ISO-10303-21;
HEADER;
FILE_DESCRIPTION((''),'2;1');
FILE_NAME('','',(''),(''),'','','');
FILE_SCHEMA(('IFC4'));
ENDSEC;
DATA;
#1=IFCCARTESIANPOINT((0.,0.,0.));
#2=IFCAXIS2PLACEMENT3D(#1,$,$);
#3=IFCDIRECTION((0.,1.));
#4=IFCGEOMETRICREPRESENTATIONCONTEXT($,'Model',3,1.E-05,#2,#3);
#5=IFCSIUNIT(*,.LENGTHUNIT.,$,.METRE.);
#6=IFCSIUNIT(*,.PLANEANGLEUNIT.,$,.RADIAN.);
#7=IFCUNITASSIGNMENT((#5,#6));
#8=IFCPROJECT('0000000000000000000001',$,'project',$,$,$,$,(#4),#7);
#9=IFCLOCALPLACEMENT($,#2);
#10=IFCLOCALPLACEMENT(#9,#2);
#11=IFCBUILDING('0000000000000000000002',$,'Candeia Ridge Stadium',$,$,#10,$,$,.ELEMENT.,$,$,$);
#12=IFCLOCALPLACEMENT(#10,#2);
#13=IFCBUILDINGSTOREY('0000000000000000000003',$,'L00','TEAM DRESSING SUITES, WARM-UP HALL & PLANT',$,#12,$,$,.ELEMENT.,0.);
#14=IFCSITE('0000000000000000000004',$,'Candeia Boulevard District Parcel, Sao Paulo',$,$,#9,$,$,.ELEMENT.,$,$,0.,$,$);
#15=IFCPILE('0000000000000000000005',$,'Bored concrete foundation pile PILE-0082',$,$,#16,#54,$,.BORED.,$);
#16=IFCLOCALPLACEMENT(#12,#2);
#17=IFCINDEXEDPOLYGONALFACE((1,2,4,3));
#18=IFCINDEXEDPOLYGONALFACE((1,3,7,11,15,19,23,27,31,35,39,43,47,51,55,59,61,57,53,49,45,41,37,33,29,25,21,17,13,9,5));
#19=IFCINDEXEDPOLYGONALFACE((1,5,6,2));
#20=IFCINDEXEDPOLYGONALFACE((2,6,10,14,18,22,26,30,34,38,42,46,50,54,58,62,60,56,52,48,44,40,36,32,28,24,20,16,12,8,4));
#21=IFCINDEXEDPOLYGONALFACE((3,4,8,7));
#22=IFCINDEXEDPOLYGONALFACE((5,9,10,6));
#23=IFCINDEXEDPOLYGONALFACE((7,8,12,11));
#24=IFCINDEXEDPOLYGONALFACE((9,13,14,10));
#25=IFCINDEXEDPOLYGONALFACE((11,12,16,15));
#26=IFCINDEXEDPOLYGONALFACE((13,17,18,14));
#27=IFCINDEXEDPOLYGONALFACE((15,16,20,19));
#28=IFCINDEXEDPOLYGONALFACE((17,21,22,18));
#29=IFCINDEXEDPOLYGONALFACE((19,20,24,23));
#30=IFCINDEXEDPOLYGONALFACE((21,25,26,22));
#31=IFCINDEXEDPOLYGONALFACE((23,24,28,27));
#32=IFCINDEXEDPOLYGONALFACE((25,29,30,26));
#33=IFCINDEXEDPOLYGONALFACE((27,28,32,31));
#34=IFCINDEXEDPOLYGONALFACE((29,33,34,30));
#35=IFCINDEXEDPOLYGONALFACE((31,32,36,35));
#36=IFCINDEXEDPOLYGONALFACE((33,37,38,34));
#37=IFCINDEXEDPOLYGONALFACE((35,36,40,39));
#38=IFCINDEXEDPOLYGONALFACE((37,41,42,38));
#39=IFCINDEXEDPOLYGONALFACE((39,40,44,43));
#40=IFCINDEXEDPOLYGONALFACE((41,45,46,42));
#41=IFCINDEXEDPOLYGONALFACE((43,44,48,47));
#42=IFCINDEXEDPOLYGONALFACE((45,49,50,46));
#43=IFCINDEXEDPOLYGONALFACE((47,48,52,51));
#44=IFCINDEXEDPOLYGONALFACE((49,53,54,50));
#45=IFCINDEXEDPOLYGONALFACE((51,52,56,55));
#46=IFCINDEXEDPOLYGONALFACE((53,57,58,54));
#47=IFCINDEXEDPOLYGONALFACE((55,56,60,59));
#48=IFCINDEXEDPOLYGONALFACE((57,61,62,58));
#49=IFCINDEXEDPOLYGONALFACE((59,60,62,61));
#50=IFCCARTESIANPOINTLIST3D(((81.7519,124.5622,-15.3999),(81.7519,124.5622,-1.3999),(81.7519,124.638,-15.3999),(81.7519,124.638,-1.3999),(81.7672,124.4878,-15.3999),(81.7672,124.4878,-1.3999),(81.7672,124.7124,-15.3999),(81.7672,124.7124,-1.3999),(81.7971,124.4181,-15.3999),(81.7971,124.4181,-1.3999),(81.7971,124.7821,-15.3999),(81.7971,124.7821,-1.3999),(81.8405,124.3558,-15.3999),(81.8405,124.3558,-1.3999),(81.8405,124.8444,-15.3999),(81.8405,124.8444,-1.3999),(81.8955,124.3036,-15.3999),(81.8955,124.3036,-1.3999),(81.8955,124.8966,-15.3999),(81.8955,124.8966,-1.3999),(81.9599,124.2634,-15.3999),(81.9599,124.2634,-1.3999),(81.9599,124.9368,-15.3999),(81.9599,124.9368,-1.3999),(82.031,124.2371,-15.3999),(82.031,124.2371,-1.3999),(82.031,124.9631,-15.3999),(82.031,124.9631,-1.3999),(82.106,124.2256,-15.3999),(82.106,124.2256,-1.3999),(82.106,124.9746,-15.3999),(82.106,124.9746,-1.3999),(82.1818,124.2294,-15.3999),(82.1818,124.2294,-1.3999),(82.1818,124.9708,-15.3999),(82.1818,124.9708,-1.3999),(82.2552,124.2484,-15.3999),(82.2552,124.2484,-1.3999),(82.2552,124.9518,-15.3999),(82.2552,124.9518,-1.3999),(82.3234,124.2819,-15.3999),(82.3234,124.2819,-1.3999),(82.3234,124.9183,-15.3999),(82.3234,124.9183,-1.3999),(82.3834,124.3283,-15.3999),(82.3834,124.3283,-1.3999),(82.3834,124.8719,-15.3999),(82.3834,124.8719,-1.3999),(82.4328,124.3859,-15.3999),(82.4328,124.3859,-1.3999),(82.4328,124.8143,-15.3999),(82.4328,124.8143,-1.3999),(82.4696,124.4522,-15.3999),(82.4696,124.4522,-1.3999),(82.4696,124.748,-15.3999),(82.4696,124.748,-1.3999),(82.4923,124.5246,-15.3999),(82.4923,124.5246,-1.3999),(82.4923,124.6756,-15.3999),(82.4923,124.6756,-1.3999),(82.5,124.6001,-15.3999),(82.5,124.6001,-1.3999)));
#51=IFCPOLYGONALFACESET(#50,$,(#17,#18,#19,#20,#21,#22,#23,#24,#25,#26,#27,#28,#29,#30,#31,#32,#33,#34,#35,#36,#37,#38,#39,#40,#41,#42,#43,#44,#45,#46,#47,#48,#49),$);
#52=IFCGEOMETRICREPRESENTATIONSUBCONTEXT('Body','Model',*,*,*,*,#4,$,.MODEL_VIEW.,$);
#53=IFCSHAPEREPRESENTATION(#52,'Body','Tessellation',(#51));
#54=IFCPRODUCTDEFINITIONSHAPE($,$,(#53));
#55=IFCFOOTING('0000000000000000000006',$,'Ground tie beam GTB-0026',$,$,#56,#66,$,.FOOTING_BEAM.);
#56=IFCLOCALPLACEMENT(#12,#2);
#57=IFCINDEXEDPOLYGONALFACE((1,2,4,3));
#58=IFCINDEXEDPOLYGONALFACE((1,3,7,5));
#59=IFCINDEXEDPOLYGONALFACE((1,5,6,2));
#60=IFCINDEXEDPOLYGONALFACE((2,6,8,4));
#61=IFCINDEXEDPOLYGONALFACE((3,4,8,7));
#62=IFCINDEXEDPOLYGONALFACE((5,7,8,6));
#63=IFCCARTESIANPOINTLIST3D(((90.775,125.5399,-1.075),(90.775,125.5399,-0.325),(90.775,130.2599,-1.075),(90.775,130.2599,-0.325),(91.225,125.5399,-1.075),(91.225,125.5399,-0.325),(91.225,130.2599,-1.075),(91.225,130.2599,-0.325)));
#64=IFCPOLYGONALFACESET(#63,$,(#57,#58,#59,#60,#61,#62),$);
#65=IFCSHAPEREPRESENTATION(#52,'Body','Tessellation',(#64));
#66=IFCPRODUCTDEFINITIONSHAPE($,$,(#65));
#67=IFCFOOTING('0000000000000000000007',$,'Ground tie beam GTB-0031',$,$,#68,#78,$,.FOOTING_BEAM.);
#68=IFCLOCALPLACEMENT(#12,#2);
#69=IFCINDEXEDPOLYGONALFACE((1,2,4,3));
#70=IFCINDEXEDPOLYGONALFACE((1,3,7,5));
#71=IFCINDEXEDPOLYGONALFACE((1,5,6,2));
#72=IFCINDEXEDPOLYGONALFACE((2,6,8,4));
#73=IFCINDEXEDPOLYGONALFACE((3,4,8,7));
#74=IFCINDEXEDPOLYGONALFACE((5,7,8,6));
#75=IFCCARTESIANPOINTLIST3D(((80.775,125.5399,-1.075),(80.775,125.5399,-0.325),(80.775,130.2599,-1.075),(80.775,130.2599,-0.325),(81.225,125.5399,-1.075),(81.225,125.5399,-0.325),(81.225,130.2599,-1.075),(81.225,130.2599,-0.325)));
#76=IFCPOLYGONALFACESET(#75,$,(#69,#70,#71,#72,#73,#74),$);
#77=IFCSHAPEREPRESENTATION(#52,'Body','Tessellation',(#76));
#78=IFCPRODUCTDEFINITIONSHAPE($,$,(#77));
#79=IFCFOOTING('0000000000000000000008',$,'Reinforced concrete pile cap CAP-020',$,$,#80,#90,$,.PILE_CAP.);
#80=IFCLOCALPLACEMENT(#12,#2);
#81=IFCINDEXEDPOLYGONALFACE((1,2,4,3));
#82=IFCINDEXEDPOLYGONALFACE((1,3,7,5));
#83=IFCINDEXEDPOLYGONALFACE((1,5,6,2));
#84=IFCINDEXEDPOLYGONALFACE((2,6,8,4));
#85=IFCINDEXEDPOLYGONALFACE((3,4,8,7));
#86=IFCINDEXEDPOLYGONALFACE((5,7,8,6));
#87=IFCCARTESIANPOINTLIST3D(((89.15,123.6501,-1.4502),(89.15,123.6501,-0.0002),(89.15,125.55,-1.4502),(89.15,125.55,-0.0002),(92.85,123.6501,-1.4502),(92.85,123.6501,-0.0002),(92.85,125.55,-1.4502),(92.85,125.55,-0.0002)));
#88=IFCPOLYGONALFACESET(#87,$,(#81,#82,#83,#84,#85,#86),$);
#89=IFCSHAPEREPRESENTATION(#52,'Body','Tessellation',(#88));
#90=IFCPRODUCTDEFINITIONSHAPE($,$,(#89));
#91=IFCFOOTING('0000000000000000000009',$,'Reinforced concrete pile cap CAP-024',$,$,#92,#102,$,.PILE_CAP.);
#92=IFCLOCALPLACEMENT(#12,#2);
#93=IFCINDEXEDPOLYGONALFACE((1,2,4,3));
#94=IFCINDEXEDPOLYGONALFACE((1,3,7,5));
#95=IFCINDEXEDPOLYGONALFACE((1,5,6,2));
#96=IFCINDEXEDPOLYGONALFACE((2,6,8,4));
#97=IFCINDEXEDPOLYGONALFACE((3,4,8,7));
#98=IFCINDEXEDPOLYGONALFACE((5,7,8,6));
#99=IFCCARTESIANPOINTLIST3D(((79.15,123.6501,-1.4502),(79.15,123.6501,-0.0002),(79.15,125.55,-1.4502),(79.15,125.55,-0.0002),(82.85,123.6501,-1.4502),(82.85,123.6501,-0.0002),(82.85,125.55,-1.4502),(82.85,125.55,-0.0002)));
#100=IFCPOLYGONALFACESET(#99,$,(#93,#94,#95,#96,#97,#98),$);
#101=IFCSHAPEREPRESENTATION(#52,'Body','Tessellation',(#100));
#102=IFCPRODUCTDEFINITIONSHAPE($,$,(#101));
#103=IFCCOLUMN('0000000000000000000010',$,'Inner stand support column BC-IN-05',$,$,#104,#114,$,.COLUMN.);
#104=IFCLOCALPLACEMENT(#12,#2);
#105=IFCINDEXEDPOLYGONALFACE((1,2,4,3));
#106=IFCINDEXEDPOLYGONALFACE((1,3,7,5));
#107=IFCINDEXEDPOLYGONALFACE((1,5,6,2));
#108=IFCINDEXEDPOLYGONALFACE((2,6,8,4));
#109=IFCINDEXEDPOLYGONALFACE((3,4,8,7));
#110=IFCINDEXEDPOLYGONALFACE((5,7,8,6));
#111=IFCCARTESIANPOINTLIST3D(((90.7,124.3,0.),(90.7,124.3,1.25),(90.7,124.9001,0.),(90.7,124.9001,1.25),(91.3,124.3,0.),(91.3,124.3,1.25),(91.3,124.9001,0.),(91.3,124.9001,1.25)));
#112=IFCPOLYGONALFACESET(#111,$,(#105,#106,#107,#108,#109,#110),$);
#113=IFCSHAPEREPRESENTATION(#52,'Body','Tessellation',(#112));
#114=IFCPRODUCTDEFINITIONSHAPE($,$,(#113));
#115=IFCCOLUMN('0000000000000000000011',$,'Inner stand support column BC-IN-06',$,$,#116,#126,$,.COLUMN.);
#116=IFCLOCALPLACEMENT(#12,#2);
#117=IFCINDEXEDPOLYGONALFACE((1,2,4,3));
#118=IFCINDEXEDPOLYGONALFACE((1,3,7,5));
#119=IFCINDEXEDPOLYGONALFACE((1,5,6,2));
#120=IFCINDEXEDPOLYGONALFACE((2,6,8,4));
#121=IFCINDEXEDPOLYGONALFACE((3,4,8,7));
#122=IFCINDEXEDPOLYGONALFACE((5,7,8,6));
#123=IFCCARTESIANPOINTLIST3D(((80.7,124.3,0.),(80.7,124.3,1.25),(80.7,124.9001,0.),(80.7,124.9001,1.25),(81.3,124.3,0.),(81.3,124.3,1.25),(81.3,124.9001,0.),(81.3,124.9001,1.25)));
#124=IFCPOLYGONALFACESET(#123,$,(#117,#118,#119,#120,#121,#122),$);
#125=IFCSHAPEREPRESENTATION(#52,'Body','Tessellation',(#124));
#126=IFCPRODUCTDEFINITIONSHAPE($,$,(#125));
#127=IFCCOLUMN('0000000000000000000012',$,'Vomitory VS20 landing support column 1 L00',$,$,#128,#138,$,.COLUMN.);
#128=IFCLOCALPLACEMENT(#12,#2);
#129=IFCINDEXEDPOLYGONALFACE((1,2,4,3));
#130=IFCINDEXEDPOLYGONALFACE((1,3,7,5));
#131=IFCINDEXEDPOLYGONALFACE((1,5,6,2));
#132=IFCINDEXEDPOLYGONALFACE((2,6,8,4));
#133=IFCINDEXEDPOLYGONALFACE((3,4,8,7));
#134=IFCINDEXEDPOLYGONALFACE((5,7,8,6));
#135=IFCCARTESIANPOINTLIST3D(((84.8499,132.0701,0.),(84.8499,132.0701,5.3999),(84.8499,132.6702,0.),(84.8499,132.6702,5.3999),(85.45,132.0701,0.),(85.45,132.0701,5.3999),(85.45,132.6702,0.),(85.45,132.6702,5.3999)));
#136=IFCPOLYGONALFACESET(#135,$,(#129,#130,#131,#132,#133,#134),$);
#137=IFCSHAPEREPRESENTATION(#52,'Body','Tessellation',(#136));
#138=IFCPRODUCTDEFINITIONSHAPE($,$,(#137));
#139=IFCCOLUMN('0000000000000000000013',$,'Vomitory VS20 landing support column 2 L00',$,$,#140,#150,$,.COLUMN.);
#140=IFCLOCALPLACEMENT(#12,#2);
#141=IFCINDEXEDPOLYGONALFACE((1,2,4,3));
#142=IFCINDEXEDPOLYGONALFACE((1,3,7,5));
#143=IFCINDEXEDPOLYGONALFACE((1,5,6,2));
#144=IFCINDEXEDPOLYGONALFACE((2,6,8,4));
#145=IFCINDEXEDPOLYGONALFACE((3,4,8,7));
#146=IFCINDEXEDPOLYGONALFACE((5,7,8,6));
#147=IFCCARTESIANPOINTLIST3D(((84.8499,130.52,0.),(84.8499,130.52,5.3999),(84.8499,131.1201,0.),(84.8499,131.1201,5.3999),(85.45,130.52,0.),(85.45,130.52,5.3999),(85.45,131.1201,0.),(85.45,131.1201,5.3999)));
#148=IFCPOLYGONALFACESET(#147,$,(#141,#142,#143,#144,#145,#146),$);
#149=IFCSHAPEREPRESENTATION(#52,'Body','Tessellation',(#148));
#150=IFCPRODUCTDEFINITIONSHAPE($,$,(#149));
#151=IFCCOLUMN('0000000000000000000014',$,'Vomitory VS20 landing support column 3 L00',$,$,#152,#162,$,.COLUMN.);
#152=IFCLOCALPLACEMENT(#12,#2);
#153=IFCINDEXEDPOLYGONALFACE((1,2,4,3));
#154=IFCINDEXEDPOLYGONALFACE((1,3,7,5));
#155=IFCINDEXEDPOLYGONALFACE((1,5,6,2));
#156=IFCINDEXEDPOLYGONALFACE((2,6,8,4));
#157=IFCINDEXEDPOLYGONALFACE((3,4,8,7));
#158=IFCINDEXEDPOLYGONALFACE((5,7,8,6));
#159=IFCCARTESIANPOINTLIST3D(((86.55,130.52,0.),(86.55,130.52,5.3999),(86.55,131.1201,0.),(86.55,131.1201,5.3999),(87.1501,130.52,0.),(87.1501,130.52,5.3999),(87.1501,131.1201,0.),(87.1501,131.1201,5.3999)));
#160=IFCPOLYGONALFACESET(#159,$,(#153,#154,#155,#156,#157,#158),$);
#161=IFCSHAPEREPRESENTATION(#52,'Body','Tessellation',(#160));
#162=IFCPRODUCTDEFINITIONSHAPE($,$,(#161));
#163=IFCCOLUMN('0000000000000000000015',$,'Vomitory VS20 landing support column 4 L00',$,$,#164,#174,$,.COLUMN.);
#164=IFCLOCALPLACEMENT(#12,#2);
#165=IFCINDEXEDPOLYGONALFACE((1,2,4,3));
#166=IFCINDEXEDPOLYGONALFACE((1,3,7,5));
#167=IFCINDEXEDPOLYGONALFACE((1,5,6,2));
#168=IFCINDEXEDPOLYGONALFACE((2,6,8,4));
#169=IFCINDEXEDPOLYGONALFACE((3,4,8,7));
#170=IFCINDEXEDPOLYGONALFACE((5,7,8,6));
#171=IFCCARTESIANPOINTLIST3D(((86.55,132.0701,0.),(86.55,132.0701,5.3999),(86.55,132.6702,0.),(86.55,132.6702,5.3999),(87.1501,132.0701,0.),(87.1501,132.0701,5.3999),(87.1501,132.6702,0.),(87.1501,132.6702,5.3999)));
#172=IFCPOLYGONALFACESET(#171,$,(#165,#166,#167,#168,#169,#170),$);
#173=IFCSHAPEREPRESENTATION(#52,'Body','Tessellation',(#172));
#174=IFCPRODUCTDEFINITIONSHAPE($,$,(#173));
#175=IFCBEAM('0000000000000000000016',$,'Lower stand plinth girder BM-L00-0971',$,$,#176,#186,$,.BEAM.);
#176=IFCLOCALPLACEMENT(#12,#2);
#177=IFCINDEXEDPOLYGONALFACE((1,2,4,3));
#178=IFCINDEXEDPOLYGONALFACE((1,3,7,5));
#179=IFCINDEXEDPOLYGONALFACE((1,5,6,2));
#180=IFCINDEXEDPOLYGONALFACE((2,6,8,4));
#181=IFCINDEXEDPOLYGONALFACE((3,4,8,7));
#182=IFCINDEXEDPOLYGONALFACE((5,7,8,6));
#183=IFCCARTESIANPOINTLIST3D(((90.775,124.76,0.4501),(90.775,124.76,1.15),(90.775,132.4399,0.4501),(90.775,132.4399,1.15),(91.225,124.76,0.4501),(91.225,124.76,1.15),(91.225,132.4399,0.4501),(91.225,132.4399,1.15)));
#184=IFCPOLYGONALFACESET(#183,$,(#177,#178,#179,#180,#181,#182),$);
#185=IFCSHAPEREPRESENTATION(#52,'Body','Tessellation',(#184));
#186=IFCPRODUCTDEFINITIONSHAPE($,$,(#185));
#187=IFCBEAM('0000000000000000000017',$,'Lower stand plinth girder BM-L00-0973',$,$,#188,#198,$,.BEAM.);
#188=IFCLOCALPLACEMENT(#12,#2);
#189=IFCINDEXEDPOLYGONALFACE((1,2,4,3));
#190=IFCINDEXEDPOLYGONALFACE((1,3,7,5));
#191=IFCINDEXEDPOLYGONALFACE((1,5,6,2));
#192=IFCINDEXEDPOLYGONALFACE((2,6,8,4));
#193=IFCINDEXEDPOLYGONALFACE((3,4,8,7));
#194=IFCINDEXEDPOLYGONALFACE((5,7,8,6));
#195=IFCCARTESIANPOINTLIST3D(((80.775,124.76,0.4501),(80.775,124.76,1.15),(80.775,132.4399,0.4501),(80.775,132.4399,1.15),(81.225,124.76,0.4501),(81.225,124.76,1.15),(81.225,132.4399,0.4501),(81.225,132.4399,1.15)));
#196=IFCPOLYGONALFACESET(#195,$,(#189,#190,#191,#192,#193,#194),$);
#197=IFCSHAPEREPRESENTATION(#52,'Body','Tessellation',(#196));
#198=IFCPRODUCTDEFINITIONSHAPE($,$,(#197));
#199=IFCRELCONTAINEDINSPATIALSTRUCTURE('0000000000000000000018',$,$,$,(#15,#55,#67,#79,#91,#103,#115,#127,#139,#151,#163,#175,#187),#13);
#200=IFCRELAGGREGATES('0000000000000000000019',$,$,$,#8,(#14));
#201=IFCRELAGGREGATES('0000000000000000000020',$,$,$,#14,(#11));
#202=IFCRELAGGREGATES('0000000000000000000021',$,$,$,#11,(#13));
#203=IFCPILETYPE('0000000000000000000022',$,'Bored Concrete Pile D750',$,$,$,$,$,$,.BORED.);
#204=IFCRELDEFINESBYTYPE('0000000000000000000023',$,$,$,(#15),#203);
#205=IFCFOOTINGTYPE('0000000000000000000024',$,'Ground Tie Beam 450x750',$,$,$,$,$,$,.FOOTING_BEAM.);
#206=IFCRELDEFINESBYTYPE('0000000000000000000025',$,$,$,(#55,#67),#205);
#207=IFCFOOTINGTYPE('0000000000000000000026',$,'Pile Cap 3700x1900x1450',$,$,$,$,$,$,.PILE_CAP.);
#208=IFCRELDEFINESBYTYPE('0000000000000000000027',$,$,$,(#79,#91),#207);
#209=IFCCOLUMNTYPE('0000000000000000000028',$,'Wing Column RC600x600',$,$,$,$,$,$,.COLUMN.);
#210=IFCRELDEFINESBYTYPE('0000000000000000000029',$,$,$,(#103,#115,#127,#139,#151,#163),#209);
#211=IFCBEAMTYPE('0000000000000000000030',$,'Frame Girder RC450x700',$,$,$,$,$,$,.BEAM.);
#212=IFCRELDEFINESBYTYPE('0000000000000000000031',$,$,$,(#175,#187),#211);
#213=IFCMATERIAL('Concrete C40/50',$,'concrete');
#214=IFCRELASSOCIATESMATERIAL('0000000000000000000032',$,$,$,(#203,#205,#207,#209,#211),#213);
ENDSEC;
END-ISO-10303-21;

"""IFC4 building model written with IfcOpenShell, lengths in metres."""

from ifc_helpers import new_model, si_unit, direction, frame, origin, origin_2d, place, context, subcontext, project, spatial, rectangle, circle, extrude, material, material_profile, profile_set, type_object, element, save


model = new_model("IFC4")

# Units and contexts
model_context = context("Model", 3, precision=1e-05, world=origin(), true_north=direction((0.0, 1.0)))
body_context = subcontext(model_context, "Body", "Model", "MODEL_VIEW")
ifc_project = project(units=[si_unit("LENGTHUNIT", "METRE"), si_unit("PLANEANGLEUNIT", "RADIAN")], contexts=[model_context])

# Site, building, storey
site_placement = place(None, origin())
site = spatial("IfcSite", under=ifc_project, at=site_placement, Name="Candeia Boulevard District Parcel, Sao Paulo", CompositionType="ELEMENT", RefElevation=0.0)
building_placement = place(site_placement, origin())
building = spatial("IfcBuilding", under=site, at=building_placement, Name="Candeia Ridge Stadium", CompositionType="ELEMENT")
storey_placement = place(building_placement, origin())
storey = spatial("IfcBuildingStorey", under=building, at=storey_placement, Name="L00", Description="TEAM DRESSING SUITES, WARM-UP HALL & PLANT", CompositionType="ELEMENT", Elevation=0.0)

# Pile
ifc_material_1 = material(Name="Concrete C40/50", Category="concrete")
ifc_material_profile_1 = material_profile(ifc_material_1, circle(Radius=0.375, at=origin_2d()), Name="PILE-D750", Category="concrete")
ifc_profile_set_1 = profile_set([ifc_material_profile_1], Name="Concrete C40/50")
pile_type_1 = type_object("IfcPileType", Name="Bored Concrete Pile D750", PredefinedType="BORED", material=ifc_profile_set_1)
for number, where, z_axis, x_axis, name in (
    (1, (82.125, 124.6001, -1.3999), (0.0, 0.0, -1.0), (1.0, 0.0, 0.0), "Bored concrete foundation pile PILE-0082"),
):
    element("IfcPile", number, at=place(storey_placement, frame(where, z_axis=z_axis, x_axis=x_axis)), inside=storey, type_object=pile_type_1, Name=name, PredefinedType="BORED", context=body_context, shape_type="SweptSolid", body=[
        extrude(circle(Radius=0.375, at=origin_2d()), origin(), (0.0, 0.0, 1.0), 14.0),
    ])

# Footings
footing_type_1 = type_object("IfcFootingType", Name="Ground Tie Beam 450x750", PredefinedType="FOOTING_BEAM", material=ifc_material_1)
for number, where, z_axis, x_axis, name in (
    (2, (91.0, 127.8999, -1.075), (0.0, 0.0, 1.0), (0.0, 1.0, 0.0), "Ground tie beam GTB-0026"),
    (3, (81.0, 127.8999, -1.075), (0.0, 0.0, 1.0), (0.0, 1.0, 0.0), "Ground tie beam GTB-0031"),
):
    element("IfcFooting", number, at=place(storey_placement, frame(where, z_axis=z_axis, x_axis=x_axis)), inside=storey, type_object=footing_type_1, Name=name, PredefinedType="FOOTING_BEAM", context=body_context, shape_type="SweptSolid", body=[
        extrude(rectangle(XDim=4.72, YDim=0.45, at=origin_2d()), origin(), (0.0, 0.0, 1.0), 0.75),
    ])
footing_type_2 = type_object("IfcFootingType", Name="Pile Cap 3700x1900x1450", PredefinedType="PILE_CAP", material=ifc_material_1)
for number, where, z_axis, x_axis, name in (
    (4, (91.0, 124.6001, -1.4502), (0.0, 0.0, 1.0), (1.0, 0.0, 0.0), "Reinforced concrete pile cap CAP-020"),
    (5, (81.0, 124.6001, -1.4502), (0.0, 0.0, 1.0), (1.0, 0.0, 0.0), "Reinforced concrete pile cap CAP-024"),
):
    element("IfcFooting", number, at=place(storey_placement, frame(where, z_axis=z_axis, x_axis=x_axis)), inside=storey, type_object=footing_type_2, Name=name, PredefinedType="PILE_CAP", context=body_context, shape_type="SweptSolid", body=[
        extrude(rectangle(XDim=3.7, YDim=1.8999, at=origin_2d()), origin(), (0.0, 0.0, 1.0), 1.45),
    ])

# Columns
ifc_material_profile_2 = material_profile(ifc_material_1, rectangle(XDim=0.6001, YDim=0.6001, at=origin_2d()), Name="RC600x600", Category="concrete")
ifc_profile_set_2 = profile_set([ifc_material_profile_2], Name="Concrete C40/50")
column_type = type_object("IfcColumnType", Name="Wing Column RC600x600", PredefinedType="COLUMN", material=ifc_profile_set_2)
for number, where, z_axis, x_axis, name in (
    (6, (91.0, 124.6001, 0.0), (0.0, 0.0, 1.0), (1.0, 0.0, 0.0), "Inner stand support column BC-IN-05"),
    (7, (81.0, 124.6001, 0.0), (0.0, 0.0, 1.0), (1.0, 0.0, 0.0), "Inner stand support column BC-IN-06"),
):
    element("IfcColumn", number, at=place(storey_placement, frame(where, z_axis=z_axis, x_axis=x_axis)), inside=storey, type_object=column_type, Name=name, PredefinedType="COLUMN", context=body_context, shape_type="SweptSolid", body=[
        extrude(rectangle(XDim=0.6001, YDim=0.6001, at=origin_2d()), origin(), (0.0, 0.0, 1.0), 1.25),
    ])
for number, where, z_axis, x_axis, name in (
    (8, (85.1499, 132.3701, 0.0), (0.0, 0.0, 1.0), (1.0, 0.0, 0.0), "Vomitory VS20 landing support column 1 L00"),
    (9, (85.1499, 130.8201, 0.0), (0.0, 0.0, 1.0), (1.0, 0.0, 0.0), "Vomitory VS20 landing support column 2 L00"),
    (10, (86.8501, 130.8201, 0.0), (0.0, 0.0, 1.0), (1.0, 0.0, 0.0), "Vomitory VS20 landing support column 3 L00"),
    (11, (86.8501, 132.3701, 0.0), (0.0, 0.0, 1.0), (1.0, 0.0, 0.0), "Vomitory VS20 landing support column 4 L00"),
):
    element("IfcColumn", number, at=place(storey_placement, frame(where, z_axis=z_axis, x_axis=x_axis)), inside=storey, type_object=column_type, Name=name, PredefinedType="COLUMN", context=body_context, shape_type="SweptSolid", body=[
        extrude(rectangle(XDim=0.6001, YDim=0.6001, at=origin_2d()), origin(), (0.0, 0.0, 1.0), 5.3999),
    ])

# Beams
ifc_material_profile_3 = material_profile(ifc_material_1, rectangle(XDim=0.45, YDim=0.7, at=origin_2d()), Name="RC450x700", Category="concrete")
ifc_profile_set_3 = profile_set([ifc_material_profile_3], Name="Concrete C40/50")
beam_type_1 = type_object("IfcBeamType", Name="Frame Girder RC450x700", PredefinedType="BEAM", material=ifc_profile_set_3)
for number, where, z_axis, x_axis, name in (
    (12, (91.0, 124.76, 0.8), (0.0, 1.0, 0.0), (-1.0, 0.0, 0.0), "Lower stand plinth girder BM-L00-0971"),
    (13, (81.0, 124.76, 0.8), (0.0, 1.0, 0.0), (-1.0, 0.0, 0.0), "Lower stand plinth girder BM-L00-0973"),
):
    element("IfcBeam", number, at=place(storey_placement, frame(where, z_axis=z_axis, x_axis=x_axis)), inside=storey, type_object=beam_type_1, Name=name, PredefinedType="BEAM", context=body_context, shape_type="SweptSolid", body=[
        extrude(rectangle(XDim=0.45, YDim=0.7, at=origin_2d()), origin(), (0.0, 0.0, 1.0), 7.6799),
    ])

save(model, "model.ifc")
